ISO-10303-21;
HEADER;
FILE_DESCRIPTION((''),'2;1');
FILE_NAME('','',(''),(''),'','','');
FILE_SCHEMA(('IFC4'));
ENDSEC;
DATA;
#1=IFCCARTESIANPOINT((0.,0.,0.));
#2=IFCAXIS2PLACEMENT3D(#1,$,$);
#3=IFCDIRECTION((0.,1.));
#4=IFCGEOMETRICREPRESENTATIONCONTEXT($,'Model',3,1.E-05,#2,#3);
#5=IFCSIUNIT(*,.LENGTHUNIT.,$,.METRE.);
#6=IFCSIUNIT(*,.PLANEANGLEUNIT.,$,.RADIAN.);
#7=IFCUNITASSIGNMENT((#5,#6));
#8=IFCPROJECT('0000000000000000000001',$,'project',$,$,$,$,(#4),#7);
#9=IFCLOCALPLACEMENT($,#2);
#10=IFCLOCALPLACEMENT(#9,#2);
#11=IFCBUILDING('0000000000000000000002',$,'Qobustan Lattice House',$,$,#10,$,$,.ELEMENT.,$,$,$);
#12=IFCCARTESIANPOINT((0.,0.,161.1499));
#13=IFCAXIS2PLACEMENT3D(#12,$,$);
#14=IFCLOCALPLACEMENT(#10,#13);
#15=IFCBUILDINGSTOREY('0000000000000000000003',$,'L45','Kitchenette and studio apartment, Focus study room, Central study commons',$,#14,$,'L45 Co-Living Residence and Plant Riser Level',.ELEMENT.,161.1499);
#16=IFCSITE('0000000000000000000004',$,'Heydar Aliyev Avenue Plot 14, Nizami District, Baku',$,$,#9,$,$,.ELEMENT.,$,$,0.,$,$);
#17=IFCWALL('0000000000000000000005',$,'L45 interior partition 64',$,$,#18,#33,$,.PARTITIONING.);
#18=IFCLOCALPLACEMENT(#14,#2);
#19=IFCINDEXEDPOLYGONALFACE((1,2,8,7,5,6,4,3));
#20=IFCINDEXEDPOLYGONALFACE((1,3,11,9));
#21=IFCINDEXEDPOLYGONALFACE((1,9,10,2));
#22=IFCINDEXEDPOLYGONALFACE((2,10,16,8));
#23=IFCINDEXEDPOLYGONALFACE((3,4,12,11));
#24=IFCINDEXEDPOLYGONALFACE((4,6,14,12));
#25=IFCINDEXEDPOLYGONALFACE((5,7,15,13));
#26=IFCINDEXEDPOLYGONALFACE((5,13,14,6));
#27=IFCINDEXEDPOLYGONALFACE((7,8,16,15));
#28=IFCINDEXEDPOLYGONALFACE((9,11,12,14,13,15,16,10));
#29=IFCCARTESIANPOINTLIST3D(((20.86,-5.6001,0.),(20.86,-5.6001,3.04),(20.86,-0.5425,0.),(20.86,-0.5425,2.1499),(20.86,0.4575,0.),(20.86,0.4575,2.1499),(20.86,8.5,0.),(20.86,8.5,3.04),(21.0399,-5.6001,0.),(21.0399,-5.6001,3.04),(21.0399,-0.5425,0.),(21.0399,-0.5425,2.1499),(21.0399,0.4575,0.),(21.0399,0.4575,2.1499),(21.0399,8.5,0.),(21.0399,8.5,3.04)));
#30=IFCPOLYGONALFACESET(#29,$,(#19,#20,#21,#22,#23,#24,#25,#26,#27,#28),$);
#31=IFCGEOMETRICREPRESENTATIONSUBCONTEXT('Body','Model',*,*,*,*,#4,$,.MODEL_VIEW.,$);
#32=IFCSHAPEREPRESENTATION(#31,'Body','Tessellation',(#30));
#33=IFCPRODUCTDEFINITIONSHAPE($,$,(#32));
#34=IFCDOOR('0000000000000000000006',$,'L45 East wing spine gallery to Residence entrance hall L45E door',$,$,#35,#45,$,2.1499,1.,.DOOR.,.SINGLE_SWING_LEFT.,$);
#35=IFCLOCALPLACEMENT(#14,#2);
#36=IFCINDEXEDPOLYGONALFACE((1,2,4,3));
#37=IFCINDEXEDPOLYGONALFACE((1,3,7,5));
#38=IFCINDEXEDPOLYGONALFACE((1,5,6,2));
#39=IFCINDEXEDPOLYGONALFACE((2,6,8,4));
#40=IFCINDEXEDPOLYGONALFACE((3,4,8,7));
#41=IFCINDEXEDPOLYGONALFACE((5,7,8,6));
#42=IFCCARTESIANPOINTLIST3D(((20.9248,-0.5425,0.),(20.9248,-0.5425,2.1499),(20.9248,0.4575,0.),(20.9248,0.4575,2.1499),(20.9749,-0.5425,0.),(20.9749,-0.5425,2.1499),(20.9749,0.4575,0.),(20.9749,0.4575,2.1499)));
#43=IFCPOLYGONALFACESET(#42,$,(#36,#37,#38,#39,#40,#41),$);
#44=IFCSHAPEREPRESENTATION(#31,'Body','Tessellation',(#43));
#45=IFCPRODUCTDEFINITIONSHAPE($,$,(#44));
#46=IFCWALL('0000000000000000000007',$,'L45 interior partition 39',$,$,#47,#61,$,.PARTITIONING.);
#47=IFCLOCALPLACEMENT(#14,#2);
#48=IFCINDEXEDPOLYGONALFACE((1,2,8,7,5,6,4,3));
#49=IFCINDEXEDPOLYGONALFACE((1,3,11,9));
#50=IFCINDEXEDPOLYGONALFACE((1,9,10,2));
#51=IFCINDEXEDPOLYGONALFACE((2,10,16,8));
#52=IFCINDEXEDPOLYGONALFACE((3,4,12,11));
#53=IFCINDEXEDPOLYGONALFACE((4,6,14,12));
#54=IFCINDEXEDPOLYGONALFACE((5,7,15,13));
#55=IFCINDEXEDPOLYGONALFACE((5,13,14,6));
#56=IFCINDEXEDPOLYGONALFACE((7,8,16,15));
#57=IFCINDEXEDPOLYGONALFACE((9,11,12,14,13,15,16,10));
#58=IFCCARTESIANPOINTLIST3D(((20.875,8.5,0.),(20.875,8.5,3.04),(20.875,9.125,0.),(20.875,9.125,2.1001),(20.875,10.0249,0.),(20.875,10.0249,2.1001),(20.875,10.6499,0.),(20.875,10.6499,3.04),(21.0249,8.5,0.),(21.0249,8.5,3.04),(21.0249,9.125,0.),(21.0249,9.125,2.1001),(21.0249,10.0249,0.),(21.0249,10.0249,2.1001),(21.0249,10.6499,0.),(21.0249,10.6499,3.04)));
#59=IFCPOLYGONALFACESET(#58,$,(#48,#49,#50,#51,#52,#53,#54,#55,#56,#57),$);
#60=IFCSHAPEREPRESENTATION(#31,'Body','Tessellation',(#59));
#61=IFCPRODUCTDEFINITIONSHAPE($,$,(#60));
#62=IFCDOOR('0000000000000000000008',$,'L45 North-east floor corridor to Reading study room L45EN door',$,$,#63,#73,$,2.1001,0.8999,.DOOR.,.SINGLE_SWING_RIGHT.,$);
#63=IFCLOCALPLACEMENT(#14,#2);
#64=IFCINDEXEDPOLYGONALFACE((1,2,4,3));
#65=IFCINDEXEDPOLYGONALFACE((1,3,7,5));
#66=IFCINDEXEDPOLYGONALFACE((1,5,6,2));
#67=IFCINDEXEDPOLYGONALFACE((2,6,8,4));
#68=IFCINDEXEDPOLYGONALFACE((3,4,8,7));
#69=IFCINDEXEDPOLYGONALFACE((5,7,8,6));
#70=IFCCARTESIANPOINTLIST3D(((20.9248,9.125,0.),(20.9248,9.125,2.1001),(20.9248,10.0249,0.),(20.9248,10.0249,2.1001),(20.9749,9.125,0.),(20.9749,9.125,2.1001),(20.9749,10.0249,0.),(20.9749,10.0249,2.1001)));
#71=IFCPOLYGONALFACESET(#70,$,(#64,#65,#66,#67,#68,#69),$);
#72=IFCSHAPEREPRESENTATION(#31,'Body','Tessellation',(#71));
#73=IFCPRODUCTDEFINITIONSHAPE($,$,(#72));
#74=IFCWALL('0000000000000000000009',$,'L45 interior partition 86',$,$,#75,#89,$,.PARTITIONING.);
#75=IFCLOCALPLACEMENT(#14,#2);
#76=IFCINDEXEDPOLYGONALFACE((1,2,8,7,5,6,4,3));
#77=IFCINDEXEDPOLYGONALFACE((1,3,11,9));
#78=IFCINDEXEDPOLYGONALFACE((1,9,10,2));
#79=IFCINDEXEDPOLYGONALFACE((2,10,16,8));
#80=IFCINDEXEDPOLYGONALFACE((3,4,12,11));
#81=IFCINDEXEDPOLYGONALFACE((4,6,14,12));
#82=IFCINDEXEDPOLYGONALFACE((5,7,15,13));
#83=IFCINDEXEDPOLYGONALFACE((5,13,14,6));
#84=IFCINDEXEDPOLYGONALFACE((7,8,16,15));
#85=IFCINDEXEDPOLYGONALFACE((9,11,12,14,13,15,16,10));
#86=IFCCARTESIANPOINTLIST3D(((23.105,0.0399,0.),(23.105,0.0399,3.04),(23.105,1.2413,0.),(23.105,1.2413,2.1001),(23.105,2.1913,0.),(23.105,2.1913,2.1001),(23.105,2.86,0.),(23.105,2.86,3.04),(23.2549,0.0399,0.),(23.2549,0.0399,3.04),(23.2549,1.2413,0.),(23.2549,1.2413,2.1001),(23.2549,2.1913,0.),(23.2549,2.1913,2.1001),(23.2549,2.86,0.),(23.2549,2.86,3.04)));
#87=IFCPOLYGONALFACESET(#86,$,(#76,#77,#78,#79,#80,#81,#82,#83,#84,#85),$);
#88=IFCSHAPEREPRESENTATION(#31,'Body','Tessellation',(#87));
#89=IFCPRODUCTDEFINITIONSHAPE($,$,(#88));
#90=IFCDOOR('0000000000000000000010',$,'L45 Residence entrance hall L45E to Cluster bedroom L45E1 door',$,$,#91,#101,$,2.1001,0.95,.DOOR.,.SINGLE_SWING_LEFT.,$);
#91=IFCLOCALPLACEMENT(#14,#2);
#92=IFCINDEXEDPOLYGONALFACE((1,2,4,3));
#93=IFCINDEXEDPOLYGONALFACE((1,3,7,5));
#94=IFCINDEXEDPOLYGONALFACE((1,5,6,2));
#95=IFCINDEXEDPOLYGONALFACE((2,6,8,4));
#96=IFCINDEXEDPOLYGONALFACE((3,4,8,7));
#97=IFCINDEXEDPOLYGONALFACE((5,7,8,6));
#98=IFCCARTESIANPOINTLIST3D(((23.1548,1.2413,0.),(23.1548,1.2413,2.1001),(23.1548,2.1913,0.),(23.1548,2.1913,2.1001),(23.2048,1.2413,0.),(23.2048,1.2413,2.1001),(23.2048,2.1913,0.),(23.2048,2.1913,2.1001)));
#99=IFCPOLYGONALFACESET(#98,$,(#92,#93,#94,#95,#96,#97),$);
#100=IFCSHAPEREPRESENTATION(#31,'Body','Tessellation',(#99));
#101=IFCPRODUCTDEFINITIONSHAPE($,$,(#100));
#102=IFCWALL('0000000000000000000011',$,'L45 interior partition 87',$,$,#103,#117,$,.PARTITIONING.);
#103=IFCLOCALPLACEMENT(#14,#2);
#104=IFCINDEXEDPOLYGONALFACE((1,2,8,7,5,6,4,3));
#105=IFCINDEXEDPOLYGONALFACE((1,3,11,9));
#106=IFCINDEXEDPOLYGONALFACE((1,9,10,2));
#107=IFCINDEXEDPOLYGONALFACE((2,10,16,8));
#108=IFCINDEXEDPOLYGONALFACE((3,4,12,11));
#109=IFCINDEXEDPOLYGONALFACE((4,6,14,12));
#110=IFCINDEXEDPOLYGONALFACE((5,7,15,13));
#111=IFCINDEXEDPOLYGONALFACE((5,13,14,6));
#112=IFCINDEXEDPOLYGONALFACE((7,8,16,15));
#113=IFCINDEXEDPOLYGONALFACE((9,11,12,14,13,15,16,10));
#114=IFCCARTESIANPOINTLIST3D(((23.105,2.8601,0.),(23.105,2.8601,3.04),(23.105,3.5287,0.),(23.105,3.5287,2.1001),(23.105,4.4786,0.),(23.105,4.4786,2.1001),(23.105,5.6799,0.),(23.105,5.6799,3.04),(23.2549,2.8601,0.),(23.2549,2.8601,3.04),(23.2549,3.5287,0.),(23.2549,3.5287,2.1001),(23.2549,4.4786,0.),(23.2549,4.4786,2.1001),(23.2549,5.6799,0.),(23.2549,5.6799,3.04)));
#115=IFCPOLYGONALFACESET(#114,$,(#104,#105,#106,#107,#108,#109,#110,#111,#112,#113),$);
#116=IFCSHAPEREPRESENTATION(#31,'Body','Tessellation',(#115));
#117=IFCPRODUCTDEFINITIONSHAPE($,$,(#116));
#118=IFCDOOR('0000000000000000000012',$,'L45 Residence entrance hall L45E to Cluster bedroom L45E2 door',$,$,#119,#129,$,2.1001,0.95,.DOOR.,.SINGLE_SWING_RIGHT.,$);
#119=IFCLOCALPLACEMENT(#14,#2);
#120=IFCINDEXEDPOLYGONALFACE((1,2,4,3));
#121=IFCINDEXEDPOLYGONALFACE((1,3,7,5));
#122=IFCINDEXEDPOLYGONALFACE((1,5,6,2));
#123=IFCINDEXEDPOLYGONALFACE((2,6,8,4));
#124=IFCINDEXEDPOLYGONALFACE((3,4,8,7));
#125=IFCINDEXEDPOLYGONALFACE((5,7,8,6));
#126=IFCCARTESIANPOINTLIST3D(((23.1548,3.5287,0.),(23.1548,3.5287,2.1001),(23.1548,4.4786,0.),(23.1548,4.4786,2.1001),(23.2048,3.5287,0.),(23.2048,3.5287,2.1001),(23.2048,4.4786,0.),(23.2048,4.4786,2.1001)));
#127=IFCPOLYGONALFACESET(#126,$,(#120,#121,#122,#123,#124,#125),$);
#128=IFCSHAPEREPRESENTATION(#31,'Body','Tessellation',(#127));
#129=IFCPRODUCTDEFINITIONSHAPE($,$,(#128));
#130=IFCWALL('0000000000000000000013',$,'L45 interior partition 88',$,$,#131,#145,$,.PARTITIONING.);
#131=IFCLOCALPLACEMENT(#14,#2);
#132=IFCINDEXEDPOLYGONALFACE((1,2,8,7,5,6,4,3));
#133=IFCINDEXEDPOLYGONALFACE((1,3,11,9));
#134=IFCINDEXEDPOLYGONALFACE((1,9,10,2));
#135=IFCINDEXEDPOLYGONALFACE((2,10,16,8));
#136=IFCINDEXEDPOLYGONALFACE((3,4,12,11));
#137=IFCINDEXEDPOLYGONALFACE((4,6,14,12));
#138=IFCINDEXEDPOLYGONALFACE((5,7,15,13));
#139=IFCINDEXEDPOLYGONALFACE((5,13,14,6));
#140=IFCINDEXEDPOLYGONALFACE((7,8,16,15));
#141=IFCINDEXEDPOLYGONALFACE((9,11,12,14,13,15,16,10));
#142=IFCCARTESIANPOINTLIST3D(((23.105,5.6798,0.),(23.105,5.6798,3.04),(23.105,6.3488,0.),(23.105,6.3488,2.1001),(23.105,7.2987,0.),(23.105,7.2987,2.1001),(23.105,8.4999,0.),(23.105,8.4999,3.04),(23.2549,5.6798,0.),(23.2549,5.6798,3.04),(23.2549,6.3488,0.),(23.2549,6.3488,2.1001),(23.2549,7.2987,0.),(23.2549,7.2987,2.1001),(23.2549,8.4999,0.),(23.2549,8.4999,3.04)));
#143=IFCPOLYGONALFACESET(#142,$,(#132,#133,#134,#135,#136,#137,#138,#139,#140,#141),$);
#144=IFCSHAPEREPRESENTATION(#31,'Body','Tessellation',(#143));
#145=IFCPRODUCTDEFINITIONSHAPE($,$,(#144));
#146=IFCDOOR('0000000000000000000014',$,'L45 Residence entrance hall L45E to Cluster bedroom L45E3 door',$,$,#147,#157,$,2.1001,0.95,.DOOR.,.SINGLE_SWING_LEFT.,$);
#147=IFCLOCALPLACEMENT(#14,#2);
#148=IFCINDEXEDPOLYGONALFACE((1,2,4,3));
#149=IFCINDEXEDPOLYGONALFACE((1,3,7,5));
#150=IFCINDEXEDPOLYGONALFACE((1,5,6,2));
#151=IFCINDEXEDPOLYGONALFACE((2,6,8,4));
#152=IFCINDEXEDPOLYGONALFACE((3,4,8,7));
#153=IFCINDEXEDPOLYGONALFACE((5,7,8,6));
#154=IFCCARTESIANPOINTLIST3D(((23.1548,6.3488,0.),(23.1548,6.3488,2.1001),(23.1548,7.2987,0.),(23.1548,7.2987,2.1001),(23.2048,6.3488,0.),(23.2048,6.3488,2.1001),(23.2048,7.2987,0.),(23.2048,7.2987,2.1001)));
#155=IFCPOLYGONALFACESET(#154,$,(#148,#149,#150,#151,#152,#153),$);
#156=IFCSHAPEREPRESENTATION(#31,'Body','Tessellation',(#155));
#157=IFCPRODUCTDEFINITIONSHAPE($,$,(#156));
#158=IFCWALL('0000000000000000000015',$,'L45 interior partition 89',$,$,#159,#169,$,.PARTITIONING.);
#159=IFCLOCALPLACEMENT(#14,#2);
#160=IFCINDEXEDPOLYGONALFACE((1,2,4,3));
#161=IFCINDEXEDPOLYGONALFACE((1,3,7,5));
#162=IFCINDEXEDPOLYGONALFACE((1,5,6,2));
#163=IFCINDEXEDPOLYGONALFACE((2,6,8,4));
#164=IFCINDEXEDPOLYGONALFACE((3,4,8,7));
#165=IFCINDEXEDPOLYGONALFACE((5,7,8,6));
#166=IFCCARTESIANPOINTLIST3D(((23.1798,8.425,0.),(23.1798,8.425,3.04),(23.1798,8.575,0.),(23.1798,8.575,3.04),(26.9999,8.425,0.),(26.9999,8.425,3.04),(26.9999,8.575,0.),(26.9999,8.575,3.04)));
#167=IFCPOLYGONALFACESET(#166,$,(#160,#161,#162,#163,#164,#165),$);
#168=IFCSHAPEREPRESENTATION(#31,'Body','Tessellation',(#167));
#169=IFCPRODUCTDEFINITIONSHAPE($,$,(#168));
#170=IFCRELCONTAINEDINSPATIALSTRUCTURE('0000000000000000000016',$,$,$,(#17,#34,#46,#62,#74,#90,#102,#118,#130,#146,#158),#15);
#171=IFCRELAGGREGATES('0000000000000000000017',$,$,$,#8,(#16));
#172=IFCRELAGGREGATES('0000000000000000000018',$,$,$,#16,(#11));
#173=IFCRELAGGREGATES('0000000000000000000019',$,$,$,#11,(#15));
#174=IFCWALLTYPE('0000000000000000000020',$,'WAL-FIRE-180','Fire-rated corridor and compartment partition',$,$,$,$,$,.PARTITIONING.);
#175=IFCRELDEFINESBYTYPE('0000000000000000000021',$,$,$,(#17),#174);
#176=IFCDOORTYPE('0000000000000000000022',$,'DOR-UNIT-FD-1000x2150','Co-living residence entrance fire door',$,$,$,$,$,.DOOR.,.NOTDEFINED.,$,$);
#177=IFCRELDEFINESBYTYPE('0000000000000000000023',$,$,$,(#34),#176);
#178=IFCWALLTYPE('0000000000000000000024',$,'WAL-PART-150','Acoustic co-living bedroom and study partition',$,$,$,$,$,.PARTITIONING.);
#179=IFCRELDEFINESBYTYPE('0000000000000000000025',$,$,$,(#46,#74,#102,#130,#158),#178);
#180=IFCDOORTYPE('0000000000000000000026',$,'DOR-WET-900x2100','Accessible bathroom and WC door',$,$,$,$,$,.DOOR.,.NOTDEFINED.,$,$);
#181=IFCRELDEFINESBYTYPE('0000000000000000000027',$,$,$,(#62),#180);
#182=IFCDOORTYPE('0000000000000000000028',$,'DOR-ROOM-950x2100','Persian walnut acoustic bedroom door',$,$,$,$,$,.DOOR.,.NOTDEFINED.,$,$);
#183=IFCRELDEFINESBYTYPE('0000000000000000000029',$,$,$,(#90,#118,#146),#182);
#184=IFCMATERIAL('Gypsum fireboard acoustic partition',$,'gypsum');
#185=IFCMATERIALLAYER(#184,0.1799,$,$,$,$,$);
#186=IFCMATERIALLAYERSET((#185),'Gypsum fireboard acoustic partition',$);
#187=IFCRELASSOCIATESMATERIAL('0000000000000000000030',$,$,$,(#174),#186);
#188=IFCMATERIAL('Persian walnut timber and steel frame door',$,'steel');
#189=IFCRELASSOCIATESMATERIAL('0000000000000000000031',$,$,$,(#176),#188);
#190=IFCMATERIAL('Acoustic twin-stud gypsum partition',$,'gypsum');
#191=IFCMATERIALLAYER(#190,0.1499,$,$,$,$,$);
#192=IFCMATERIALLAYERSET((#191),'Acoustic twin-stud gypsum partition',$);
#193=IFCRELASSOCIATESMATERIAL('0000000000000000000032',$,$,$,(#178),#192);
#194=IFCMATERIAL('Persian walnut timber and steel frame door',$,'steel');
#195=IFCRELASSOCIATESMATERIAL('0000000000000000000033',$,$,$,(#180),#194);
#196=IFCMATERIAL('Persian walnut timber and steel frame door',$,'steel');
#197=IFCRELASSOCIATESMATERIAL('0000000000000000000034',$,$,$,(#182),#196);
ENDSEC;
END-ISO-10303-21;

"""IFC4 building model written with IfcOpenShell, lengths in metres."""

from ifc_helpers import new_model, si_unit, direction, frame, frame_2d, origin, place, context, subcontext, project, spatial, rectangle, extrude, material, layer, layer_set, type_object, element, fill, save


model = new_model("IFC4")

# Units and contexts
model_context = context("Model", 3, precision=1e-05, world=origin(), true_north=direction((0.0, 1.0)))
body_context = subcontext(model_context, "Body", "Model", "MODEL_VIEW")
ifc_project = project(units=[si_unit("LENGTHUNIT", "METRE"), si_unit("PLANEANGLEUNIT", "RADIAN")], contexts=[model_context])

# Site, building, storey
site_placement = place(None, origin())
site = spatial("IfcSite", under=ifc_project, at=site_placement, Name="Heydar Aliyev Avenue Plot 14, Nizami District, Baku", CompositionType="ELEMENT", RefElevation=0.0)
building_placement = place(site_placement, origin())
building = spatial("IfcBuilding", under=site, at=building_placement, Name="Qobustan Lattice House", CompositionType="ELEMENT")
storey_placement = place(building_placement, frame((0.0, 0.0, 161.1499)))
storey = spatial("IfcBuildingStorey", under=building, at=storey_placement, Name="L45", Description="Kitchenette and studio apartment, Focus study room, Central study commons", LongName="L45 Co-Living Residence and Plant Riser Level", CompositionType="ELEMENT", Elevation=161.1499)

# Walls, openings, doors
ifc_material_1 = material(Name="Gypsum fireboard acoustic partition", Category="gypsum")
ifc_layer_1 = layer(ifc_material_1, 0.1799)
ifc_layer_set_1 = layer_set([ifc_layer_1], Name="Gypsum fireboard acoustic partition")
wall_type_1 = type_object("IfcWallType", Name="WAL-FIRE-180", Description="Fire-rated corridor and compartment partition", PredefinedType="PARTITIONING", material=ifc_layer_set_1)
wall_1_placement = place(storey_placement, frame((20.95, 8.5, 0.0), z_axis=(0.0, 0.0, 1.0), x_axis=(0.0, -1.0, 0.0)))
wall_1 = element("IfcWall", 1, at=wall_1_placement, inside=storey, type_object=wall_type_1, Name="L45 interior partition 64", PredefinedType="PARTITIONING", context=body_context, shape_type="SweptSolid", body=[
    extrude(rectangle(XDim=14.1001, YDim=0.1799, at=frame_2d((7.05, 0.0))), origin(), (0.0, 0.0, 1.0), 3.04),
])
opening_1_placement = place(wall_1_placement, frame((8.0425, 0.0, 0.0)))
opening_1 = element("IfcOpeningElement", 2, at=opening_1_placement, cuts=wall_1, PredefinedType="OPENING", context=body_context, shape_type="SweptSolid", body=[
    extrude(rectangle(XDim=1.0, YDim=2.1499, at=frame_2d((0.5, 1.075))), frame((0.0, 0.0999, 0.0), z_axis=(0.0, -1.0, 0.0), x_axis=(1.0, 0.0, 0.0)), (0.0, 0.0, 1.0), 0.2),
])
ifc_material_2 = material(Name="Persian walnut timber and steel frame door", Category="steel")
door_type_1 = type_object("IfcDoorType", Name="DOR-UNIT-FD-1000x2150", Description="Co-living residence entrance fire door", OperationType="NOTDEFINED", PredefinedType="DOOR", material=ifc_material_2)
door_1_placement = place(opening_1_placement, origin())
door_1 = element("IfcDoor", 3, at=door_1_placement, inside=storey, type_object=door_type_1, Name="L45 East wing spine gallery to Residence entrance hall L45E door", OperationType="SINGLE_SWING_LEFT", OverallHeight=2.1499, OverallWidth=1.0, PredefinedType="DOOR", context=body_context, shape_type="SweptSolid", body=[
    extrude(rectangle(XDim=1.0, YDim=2.1499, at=frame_2d((0.5, 1.075))), frame((0.0, 0.0249, 0.0), z_axis=(0.0, -1.0, 0.0), x_axis=(1.0, 0.0, 0.0)), (0.0, 0.0, 1.0), 0.05),
])
fill(opening_1, door_1)
ifc_material_3 = material(Name="Acoustic twin-stud gypsum partition", Category="gypsum")
ifc_layer_2 = layer(ifc_material_3, 0.1499)
ifc_layer_set_2 = layer_set([ifc_layer_2], Name="Acoustic twin-stud gypsum partition")
wall_type_2 = type_object("IfcWallType", Name="WAL-PART-150", Description="Acoustic co-living bedroom and study partition", PredefinedType="PARTITIONING", material=ifc_layer_set_2)
wall_2_placement = place(storey_placement, frame((20.95, 10.6499, 0.0), z_axis=(0.0, 0.0, 1.0), x_axis=(0.0, -1.0, 0.0)))
wall_2 = element("IfcWall", 4, at=wall_2_placement, inside=storey, type_object=wall_type_2, Name="L45 interior partition 39", PredefinedType="PARTITIONING", context=body_context, shape_type="SweptSolid", body=[
    extrude(rectangle(XDim=2.1499, YDim=0.1499, at=frame_2d((1.075, 0.0))), origin(), (0.0, 0.0, 1.0), 3.04),
])
opening_2_placement = place(wall_2_placement, frame((0.625, 0.0, 0.0)))
opening_2 = element("IfcOpeningElement", 5, at=opening_2_placement, cuts=wall_2, PredefinedType="OPENING", context=body_context, shape_type="SweptSolid", body=[
    extrude(rectangle(XDim=0.8999, YDim=2.1001, at=frame_2d((0.45, 1.05))), frame((0.0, 0.085, 0.0), z_axis=(0.0, -1.0, 0.0), x_axis=(1.0, 0.0, 0.0)), (0.0, 0.0, 1.0), 0.1699),
])
ifc_material_4 = material(Name="Persian walnut timber and steel frame door", Category="steel")
door_type_2 = type_object("IfcDoorType", Name="DOR-WET-900x2100", Description="Accessible bathroom and WC door", OperationType="NOTDEFINED", PredefinedType="DOOR", material=ifc_material_4)
door_2_placement = place(opening_2_placement, origin())
door_2 = element("IfcDoor", 6, at=door_2_placement, inside=storey, type_object=door_type_2, Name="L45 North-east floor corridor to Reading study room L45EN door", OperationType="SINGLE_SWING_RIGHT", OverallHeight=2.1001, OverallWidth=0.8999, PredefinedType="DOOR", context=body_context, shape_type="SweptSolid", body=[
    extrude(rectangle(XDim=0.8999, YDim=2.1001, at=frame_2d((0.45, 1.05))), frame((0.0, 0.0249, 0.0), z_axis=(0.0, -1.0, 0.0), x_axis=(1.0, 0.0, 0.0)), (0.0, 0.0, 1.0), 0.05),
])
fill(opening_2, door_2)
wall_3_placement = place(storey_placement, frame((23.1799, 2.8601, 0.0), z_axis=(0.0, 0.0, 1.0), x_axis=(0.0, -1.0, 0.0)))
wall_3 = element("IfcWall", 7, at=wall_3_placement, inside=storey, type_object=wall_type_2, Name="L45 interior partition 86", PredefinedType="PARTITIONING", context=body_context, shape_type="SweptSolid", body=[
    extrude(rectangle(XDim=2.8201, YDim=0.1499, at=frame_2d((1.4102, 0.0))), origin(), (0.0, 0.0, 1.0), 3.04),
])
opening_3_placement = place(wall_3_placement, frame((0.6687, 0.0, 0.0)))
opening_3 = element("IfcOpeningElement", 8, at=opening_3_placement, cuts=wall_3, PredefinedType="OPENING", context=body_context, shape_type="SweptSolid", body=[
    extrude(rectangle(XDim=0.95, YDim=2.1001, at=frame_2d((0.4751, 1.05))), frame((0.0, 0.085, 0.0), z_axis=(0.0, -1.0, 0.0), x_axis=(1.0, 0.0, 0.0)), (0.0, 0.0, 1.0), 0.1699),
])
ifc_material_5 = material(Name="Persian walnut timber and steel frame door", Category="steel")
door_type_3 = type_object("IfcDoorType", Name="DOR-ROOM-950x2100", Description="Persian walnut acoustic bedroom door", OperationType="NOTDEFINED", PredefinedType="DOOR", material=ifc_material_5)
door_3_placement = place(opening_3_placement, origin())
door_3 = element("IfcDoor", 9, at=door_3_placement, inside=storey, type_object=door_type_3, Name="L45 Residence entrance hall L45E to Cluster bedroom L45E1 door", OperationType="SINGLE_SWING_LEFT", OverallHeight=2.1001, OverallWidth=0.95, PredefinedType="DOOR", context=body_context, shape_type="SweptSolid", body=[
    extrude(rectangle(XDim=0.95, YDim=2.1001, at=frame_2d((0.4751, 1.05))), frame((0.0, 0.0249, 0.0), z_axis=(0.0, -1.0, 0.0), x_axis=(1.0, 0.0, 0.0)), (0.0, 0.0, 1.0), 0.05),
])
fill(opening_3, door_3)
wall_4_placement = place(storey_placement, frame((23.1799, 5.6799, 0.0), z_axis=(0.0, 0.0, 1.0), x_axis=(0.0, -1.0, 0.0)))
wall_4 = element("IfcWall", 10, at=wall_4_placement, inside=storey, type_object=wall_type_2, Name="L45 interior partition 87", PredefinedType="PARTITIONING", context=body_context, shape_type="SweptSolid", body=[
    extrude(rectangle(XDim=2.8198, YDim=0.1499, at=frame_2d((1.4099, 0.0))), origin(), (0.0, 0.0, 1.0), 3.04),
])
opening_4_placement = place(wall_4_placement, frame((1.2012, 0.0, 0.0)))
opening_4 = element("IfcOpeningElement", 11, at=opening_4_placement, cuts=wall_4, PredefinedType="OPENING", context=body_context, shape_type="SweptSolid", body=[
    extrude(rectangle(XDim=0.95, YDim=2.1001, at=frame_2d((0.4751, 1.05))), frame((0.0, 0.085, 0.0), z_axis=(0.0, -1.0, 0.0), x_axis=(1.0, 0.0, 0.0)), (0.0, 0.0, 1.0), 0.1699),
])
door_4_placement = place(opening_4_placement, origin())
door_4 = element("IfcDoor", 12, at=door_4_placement, inside=storey, type_object=door_type_3, Name="L45 Residence entrance hall L45E to Cluster bedroom L45E2 door", OperationType="SINGLE_SWING_RIGHT", OverallHeight=2.1001, OverallWidth=0.95, PredefinedType="DOOR", context=body_context, shape_type="SweptSolid", body=[
    extrude(rectangle(XDim=0.95, YDim=2.1001, at=frame_2d((0.4751, 1.05))), frame((0.0, 0.0249, 0.0), z_axis=(0.0, -1.0, 0.0), x_axis=(1.0, 0.0, 0.0)), (0.0, 0.0, 1.0), 0.05),
])
fill(opening_4, door_4)
wall_5_placement = place(storey_placement, frame((23.1799, 8.5, 0.0), z_axis=(0.0, 0.0, 1.0), x_axis=(0.0, -1.0, 0.0)))
wall_5 = element("IfcWall", 13, at=wall_5_placement, inside=storey, type_object=wall_type_2, Name="L45 interior partition 88", PredefinedType="PARTITIONING", context=body_context, shape_type="SweptSolid", body=[
    extrude(rectangle(XDim=2.8201, YDim=0.1499, at=frame_2d((1.4102, 0.0))), origin(), (0.0, 0.0, 1.0), 3.04),
])
opening_5_placement = place(wall_5_placement, frame((1.2012, 0.0, 0.0)))
opening_5 = element("IfcOpeningElement", 14, at=opening_5_placement, cuts=wall_5, PredefinedType="OPENING", context=body_context, shape_type="SweptSolid", body=[
    extrude(rectangle(XDim=0.95, YDim=2.1001, at=frame_2d((0.4751, 1.05))), frame((0.0, 0.085, 0.0), z_axis=(0.0, -1.0, 0.0), x_axis=(1.0, 0.0, 0.0)), (0.0, 0.0, 1.0), 0.1699),
])
door_5_placement = place(opening_5_placement, origin())
door_5 = element("IfcDoor", 15, at=door_5_placement, inside=storey, type_object=door_type_3, Name="L45 Residence entrance hall L45E to Cluster bedroom L45E3 door", OperationType="SINGLE_SWING_LEFT", OverallHeight=2.1001, OverallWidth=0.95, PredefinedType="DOOR", context=body_context, shape_type="SweptSolid", body=[
    extrude(rectangle(XDim=0.95, YDim=2.1001, at=frame_2d((0.4751, 1.05))), frame((0.0, 0.0249, 0.0), z_axis=(0.0, -1.0, 0.0), x_axis=(1.0, 0.0, 0.0)), (0.0, 0.0, 1.0), 0.05),
])
fill(opening_5, door_5)

# Wall
wall_6_placement = place(storey_placement, frame((27.0, 8.5, 0.0), z_axis=(0.0, 0.0, 1.0), x_axis=(-1.0, 0.0, 0.0)))
element("IfcWall", 16, at=wall_6_placement, inside=storey, type_object=wall_type_2, Name="L45 interior partition 89", PredefinedType="PARTITIONING", context=body_context, shape_type="SweptSolid", body=[
    extrude(rectangle(XDim=3.8201, YDim=0.1499, at=frame_2d((1.9102, 0.0))), origin(), (0.0, 0.0, 1.0), 3.04),
])

save(model, "model.ifc")
